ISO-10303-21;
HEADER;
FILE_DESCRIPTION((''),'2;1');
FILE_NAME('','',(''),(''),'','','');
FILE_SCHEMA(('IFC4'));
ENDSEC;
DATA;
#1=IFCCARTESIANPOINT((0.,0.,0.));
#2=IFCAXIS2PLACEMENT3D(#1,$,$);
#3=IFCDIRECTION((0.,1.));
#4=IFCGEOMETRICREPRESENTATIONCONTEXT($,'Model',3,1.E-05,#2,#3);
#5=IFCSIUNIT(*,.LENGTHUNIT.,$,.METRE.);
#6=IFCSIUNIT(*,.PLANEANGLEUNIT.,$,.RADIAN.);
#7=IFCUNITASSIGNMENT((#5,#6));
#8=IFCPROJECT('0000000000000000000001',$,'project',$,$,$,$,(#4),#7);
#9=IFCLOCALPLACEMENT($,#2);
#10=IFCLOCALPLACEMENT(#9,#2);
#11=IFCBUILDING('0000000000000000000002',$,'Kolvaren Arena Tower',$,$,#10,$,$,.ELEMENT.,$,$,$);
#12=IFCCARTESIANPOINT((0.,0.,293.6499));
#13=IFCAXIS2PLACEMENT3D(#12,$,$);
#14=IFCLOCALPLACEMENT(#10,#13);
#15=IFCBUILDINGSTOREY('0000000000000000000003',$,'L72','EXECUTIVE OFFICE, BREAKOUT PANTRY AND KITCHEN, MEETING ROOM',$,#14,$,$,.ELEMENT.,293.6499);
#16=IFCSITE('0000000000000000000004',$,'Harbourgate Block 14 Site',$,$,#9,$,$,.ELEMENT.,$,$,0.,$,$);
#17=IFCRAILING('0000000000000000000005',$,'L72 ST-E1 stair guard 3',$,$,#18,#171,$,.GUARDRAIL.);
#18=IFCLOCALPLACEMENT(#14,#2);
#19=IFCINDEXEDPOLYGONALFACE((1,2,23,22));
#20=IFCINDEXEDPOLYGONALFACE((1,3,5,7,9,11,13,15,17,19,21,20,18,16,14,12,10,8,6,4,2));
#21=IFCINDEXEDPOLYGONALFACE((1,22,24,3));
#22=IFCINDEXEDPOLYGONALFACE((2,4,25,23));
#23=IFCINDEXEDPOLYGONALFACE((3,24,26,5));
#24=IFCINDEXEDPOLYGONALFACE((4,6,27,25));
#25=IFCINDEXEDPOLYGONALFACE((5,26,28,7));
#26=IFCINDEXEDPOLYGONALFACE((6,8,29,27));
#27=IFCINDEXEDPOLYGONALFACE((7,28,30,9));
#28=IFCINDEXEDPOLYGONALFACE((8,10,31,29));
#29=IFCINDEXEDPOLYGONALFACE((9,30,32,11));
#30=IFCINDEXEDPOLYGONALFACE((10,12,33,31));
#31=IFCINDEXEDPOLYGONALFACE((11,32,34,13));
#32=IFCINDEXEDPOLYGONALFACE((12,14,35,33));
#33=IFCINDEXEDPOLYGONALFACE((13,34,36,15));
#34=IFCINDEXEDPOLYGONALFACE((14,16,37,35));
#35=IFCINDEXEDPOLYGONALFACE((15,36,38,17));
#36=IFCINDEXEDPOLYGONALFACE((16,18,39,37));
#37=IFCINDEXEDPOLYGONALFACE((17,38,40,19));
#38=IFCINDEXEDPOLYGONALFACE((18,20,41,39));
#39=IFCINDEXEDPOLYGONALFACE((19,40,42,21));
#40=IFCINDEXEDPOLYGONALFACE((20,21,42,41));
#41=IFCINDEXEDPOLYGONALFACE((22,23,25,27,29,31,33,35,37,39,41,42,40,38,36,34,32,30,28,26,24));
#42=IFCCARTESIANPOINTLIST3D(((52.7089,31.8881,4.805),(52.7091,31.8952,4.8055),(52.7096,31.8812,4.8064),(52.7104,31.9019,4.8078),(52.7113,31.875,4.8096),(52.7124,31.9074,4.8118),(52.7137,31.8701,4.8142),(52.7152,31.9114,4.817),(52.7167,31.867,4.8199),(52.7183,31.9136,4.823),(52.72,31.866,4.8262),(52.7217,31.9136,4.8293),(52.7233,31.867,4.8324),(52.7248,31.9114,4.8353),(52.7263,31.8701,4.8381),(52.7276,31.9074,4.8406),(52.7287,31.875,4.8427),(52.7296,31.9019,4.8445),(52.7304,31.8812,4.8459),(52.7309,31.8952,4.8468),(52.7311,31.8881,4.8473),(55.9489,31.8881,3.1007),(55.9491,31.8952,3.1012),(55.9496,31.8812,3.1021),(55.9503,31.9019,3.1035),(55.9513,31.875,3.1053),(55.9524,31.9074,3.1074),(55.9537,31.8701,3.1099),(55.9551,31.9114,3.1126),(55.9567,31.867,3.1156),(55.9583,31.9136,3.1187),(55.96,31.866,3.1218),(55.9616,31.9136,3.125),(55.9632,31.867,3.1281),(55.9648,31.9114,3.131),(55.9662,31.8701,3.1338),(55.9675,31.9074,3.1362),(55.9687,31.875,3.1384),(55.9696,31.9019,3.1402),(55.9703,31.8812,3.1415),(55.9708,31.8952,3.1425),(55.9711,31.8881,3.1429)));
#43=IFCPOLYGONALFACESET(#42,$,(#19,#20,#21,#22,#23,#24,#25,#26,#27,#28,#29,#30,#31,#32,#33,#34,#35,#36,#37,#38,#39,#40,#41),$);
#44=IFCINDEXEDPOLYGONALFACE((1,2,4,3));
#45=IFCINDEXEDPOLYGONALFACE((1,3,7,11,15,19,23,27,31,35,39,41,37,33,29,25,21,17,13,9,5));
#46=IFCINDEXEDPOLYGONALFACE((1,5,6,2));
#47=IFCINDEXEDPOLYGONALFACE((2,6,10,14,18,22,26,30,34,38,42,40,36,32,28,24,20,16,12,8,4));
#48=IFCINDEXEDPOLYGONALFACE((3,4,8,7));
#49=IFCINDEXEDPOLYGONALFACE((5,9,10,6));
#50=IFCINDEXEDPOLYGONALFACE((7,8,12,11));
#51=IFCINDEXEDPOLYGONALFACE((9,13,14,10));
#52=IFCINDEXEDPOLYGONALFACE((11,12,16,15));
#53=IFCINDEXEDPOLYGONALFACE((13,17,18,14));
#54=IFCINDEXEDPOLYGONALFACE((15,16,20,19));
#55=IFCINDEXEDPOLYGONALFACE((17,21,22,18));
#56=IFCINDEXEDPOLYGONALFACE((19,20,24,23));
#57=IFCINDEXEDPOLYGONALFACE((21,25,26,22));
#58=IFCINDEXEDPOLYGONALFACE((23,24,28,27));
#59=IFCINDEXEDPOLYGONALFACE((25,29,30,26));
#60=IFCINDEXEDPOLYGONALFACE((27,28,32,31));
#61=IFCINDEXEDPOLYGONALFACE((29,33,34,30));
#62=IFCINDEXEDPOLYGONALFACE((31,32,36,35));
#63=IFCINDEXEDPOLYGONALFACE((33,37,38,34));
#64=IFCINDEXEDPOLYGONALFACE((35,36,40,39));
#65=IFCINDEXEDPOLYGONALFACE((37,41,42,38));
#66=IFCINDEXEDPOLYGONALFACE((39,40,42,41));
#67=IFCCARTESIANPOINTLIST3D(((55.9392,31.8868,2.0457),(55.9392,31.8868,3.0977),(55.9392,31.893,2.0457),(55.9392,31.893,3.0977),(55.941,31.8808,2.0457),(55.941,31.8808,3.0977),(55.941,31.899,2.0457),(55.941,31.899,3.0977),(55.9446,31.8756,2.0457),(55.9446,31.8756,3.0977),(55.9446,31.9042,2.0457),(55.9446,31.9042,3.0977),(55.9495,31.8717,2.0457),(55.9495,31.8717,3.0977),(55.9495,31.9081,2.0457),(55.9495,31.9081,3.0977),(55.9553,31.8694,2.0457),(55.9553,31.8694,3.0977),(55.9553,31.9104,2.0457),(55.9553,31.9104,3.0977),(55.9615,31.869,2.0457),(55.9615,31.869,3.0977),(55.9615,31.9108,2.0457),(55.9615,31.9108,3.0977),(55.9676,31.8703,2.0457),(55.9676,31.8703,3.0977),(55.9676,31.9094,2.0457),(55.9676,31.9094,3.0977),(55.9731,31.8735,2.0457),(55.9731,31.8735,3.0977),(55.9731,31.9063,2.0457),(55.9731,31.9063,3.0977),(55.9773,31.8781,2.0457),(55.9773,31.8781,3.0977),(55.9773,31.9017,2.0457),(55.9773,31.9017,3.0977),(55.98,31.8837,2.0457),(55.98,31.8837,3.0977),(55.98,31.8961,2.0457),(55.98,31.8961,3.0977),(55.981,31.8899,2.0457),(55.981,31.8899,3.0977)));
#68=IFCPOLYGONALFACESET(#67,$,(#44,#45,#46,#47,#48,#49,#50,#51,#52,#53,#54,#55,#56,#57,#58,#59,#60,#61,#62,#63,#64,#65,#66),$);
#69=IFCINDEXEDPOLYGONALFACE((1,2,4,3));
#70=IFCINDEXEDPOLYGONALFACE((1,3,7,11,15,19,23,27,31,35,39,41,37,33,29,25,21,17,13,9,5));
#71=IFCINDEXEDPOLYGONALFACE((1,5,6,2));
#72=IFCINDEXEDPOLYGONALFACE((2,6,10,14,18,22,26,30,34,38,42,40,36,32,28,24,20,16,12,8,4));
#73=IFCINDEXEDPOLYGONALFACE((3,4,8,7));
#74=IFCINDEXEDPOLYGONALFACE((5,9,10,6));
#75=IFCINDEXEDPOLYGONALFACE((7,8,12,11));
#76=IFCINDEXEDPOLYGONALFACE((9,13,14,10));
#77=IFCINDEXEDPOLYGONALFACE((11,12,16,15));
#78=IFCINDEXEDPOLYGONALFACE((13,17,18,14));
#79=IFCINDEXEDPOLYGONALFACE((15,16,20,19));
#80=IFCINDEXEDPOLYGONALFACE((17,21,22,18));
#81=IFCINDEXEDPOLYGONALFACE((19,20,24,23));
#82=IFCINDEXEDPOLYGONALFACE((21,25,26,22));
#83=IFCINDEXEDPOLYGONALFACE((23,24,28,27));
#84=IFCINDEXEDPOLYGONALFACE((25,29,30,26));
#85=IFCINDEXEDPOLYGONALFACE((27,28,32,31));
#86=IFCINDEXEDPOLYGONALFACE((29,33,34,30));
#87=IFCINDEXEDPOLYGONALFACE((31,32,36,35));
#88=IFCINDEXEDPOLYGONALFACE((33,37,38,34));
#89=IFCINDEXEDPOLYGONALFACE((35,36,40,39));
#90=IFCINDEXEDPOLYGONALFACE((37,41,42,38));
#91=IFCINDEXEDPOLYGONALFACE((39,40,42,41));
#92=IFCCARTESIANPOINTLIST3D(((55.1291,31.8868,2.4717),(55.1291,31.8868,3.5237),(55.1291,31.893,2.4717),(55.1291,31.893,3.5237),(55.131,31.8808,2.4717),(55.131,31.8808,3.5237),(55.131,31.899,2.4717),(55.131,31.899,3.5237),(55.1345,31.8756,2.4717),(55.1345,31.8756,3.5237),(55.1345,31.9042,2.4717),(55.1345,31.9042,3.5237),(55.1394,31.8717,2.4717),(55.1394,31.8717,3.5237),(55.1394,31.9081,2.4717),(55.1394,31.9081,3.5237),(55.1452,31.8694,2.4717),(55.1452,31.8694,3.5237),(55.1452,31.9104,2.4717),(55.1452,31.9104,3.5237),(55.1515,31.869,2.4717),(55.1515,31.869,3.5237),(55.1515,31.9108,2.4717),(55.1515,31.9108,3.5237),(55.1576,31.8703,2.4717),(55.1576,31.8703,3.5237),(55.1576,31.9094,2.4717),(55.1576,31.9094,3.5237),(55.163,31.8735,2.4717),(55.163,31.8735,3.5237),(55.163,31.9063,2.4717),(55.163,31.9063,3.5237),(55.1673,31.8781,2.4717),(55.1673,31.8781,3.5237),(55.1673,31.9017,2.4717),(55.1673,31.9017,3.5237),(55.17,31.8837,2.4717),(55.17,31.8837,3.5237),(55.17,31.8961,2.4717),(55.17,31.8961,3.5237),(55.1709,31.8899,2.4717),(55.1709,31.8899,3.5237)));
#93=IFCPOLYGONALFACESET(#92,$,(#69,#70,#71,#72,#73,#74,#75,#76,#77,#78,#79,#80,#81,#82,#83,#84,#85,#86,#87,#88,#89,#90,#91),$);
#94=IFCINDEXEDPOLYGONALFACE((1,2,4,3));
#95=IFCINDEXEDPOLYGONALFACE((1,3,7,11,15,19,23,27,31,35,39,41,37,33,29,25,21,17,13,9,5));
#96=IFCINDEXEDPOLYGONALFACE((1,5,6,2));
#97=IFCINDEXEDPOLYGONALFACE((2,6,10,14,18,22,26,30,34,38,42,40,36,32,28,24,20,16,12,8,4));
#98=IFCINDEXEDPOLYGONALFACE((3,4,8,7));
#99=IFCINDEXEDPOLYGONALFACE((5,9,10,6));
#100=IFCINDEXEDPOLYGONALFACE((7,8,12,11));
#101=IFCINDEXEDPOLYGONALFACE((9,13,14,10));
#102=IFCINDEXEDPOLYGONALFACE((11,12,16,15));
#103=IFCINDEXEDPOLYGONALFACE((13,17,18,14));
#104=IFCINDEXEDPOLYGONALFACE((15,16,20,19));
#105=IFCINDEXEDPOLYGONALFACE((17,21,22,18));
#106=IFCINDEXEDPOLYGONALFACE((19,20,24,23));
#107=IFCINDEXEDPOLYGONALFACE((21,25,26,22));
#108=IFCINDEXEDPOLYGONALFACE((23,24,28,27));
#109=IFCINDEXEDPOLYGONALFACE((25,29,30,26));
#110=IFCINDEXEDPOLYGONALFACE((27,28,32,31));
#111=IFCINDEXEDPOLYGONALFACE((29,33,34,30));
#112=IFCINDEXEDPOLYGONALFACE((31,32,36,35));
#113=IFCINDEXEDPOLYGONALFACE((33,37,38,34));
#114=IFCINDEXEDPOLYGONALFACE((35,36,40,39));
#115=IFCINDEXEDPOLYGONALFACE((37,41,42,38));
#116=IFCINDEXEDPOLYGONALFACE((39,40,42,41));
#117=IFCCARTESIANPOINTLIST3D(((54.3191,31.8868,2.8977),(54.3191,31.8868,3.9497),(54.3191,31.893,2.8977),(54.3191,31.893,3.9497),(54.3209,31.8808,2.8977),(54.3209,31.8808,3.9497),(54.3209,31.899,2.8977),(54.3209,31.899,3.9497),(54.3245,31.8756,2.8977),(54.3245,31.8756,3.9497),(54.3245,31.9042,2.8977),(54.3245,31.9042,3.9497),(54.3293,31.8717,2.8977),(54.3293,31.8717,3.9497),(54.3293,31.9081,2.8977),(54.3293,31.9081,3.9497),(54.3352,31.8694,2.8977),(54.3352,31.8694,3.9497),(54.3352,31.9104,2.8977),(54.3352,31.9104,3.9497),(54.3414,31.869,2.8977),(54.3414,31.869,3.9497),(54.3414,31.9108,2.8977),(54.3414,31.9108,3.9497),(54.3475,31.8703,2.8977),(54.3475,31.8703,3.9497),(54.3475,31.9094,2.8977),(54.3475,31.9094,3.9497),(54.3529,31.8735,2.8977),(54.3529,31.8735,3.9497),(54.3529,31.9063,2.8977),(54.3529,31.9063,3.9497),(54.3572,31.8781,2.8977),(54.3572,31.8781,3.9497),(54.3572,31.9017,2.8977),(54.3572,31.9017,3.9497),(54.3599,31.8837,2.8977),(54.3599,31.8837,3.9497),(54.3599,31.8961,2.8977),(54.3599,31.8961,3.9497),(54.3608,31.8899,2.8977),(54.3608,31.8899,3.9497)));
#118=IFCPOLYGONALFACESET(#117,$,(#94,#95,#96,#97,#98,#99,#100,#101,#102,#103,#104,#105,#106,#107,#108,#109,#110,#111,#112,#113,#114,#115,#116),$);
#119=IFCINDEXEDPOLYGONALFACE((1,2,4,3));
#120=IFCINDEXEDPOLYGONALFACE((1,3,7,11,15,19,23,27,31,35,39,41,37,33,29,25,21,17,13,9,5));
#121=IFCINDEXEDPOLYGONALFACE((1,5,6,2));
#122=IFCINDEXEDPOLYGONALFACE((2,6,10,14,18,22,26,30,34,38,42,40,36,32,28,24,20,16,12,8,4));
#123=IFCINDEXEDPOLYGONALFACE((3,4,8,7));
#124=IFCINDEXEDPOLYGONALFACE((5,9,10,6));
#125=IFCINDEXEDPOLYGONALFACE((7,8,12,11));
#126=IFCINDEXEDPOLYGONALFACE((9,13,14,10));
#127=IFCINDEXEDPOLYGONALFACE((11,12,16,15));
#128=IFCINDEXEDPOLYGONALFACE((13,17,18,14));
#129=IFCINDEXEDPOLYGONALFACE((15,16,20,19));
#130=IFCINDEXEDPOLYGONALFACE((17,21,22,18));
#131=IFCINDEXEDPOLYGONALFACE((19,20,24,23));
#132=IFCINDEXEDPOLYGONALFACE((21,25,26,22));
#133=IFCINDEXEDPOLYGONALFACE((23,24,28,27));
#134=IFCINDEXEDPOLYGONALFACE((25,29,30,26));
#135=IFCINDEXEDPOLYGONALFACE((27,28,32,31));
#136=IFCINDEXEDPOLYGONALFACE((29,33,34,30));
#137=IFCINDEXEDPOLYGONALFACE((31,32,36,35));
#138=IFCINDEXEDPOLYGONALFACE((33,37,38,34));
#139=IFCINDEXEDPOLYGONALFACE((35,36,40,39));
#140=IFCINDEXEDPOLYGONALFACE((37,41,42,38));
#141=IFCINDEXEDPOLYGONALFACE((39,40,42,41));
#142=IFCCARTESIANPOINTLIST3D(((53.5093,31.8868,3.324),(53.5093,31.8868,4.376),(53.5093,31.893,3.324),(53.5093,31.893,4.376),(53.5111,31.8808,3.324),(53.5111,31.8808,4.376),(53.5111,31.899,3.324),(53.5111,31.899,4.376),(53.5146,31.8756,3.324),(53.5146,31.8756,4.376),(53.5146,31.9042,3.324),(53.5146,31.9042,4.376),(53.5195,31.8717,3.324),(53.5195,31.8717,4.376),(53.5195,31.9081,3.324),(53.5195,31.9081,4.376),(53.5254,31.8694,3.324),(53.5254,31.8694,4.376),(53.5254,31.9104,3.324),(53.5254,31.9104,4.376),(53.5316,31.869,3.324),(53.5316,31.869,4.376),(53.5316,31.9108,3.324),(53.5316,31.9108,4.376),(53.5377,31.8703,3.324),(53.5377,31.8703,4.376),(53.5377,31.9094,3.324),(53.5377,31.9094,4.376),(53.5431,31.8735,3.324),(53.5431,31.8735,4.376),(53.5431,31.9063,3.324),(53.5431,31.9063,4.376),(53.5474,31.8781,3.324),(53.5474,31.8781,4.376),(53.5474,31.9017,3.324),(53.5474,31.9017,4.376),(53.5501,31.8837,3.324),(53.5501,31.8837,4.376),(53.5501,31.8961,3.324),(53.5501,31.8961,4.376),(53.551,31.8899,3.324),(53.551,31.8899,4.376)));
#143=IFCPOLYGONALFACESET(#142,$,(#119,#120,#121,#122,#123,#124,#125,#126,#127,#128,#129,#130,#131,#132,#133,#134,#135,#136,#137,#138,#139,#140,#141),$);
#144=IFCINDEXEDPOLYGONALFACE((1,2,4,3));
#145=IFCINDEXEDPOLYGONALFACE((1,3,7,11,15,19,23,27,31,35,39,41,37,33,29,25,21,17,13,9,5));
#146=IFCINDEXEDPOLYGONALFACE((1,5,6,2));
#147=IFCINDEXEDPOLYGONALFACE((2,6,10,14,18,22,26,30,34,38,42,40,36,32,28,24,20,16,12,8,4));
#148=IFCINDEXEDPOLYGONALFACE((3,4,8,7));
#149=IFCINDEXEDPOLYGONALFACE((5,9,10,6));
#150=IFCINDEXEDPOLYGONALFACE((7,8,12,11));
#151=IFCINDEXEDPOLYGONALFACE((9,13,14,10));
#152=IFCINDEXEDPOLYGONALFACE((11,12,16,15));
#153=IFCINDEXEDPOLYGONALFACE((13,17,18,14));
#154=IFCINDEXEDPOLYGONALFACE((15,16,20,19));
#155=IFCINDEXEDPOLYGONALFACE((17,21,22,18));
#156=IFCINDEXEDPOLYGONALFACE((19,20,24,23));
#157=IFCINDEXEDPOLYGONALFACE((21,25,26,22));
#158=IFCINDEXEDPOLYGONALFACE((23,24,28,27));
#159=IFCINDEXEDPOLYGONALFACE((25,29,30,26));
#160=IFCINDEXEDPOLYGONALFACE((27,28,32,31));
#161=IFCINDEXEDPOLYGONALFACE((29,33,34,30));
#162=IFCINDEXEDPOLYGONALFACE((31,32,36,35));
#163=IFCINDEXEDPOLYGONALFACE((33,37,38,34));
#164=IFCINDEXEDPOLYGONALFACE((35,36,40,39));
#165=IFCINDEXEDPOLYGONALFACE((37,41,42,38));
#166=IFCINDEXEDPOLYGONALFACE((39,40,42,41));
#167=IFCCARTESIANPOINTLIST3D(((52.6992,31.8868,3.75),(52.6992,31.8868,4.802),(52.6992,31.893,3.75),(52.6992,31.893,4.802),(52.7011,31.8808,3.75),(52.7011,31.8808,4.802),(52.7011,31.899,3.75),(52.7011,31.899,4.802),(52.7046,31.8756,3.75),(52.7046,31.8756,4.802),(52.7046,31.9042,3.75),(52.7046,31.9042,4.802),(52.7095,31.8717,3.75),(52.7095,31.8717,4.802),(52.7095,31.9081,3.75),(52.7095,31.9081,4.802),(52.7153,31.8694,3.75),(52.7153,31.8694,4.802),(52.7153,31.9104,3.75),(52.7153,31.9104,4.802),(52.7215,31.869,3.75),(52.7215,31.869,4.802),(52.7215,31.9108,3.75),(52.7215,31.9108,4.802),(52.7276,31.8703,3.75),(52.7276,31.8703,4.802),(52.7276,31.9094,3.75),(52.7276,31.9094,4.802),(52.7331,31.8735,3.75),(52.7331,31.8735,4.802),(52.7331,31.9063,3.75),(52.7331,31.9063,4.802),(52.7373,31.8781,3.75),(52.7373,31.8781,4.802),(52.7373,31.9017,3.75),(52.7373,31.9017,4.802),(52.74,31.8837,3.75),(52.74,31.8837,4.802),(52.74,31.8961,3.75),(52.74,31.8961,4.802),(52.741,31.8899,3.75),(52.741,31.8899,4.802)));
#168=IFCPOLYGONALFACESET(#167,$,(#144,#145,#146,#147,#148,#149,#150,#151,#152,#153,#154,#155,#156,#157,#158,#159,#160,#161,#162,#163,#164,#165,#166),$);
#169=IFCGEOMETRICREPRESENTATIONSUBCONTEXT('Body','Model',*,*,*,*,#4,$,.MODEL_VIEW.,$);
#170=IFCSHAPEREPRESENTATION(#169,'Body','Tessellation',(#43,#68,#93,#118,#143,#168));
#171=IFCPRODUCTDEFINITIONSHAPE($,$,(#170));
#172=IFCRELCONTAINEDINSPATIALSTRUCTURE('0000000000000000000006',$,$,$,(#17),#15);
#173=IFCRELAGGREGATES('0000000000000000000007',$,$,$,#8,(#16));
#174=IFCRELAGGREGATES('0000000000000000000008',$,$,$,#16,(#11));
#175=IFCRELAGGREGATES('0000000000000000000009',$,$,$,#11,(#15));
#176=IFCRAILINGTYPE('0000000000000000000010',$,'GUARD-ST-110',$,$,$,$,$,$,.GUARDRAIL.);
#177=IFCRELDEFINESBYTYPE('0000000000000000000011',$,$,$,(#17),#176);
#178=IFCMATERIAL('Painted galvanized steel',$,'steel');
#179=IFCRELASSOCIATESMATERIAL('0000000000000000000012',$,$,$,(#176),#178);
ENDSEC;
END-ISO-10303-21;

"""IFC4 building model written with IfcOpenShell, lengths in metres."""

from ifc_helpers import new_model, si_unit, direction, frame, origin, origin_2d, place, context, subcontext, project, spatial, circle, extrude, material, type_object, element, save


model = new_model("IFC4")

# Units and contexts
model_context = context("Model", 3, precision=1e-05, world=origin(), true_north=direction((0.0, 1.0)))
body_context = subcontext(model_context, "Body", "Model", "MODEL_VIEW")
ifc_project = project(units=[si_unit("LENGTHUNIT", "METRE"), si_unit("PLANEANGLEUNIT", "RADIAN")], contexts=[model_context])

# Site, building, storey
site_placement = place(None, origin())
site = spatial("IfcSite", under=ifc_project, at=site_placement, Name="Harbourgate Block 14 Site", CompositionType="ELEMENT", RefElevation=0.0)
building_placement = place(site_placement, origin())
building = spatial("IfcBuilding", under=site, at=building_placement, Name="Kolvaren Arena Tower", CompositionType="ELEMENT")
storey_placement = place(building_placement, frame((0.0, 0.0, 293.6499)))
storey = spatial("IfcBuildingStorey", under=building, at=storey_placement, Name="L72", Description="EXECUTIVE OFFICE, BREAKOUT PANTRY AND KITCHEN, MEETING ROOM", CompositionType="ELEMENT", Elevation=293.6499)

# Railing
ifc_material_1 = material(Name="Painted galvanized steel", Category="steel")
railing_type_1 = type_object("IfcRailingType", Name="GUARD-ST-110", PredefinedType="GUARDRAIL", material=ifc_material_1)
railing_1_placement = place(storey_placement, frame((55.96, 31.8899, 2.0457)))
element("IfcRailing", 1, at=railing_1_placement, inside=storey, type_object=railing_type_1, Name="L72 ST-E1 stair guard 3", PredefinedType="GUARDRAIL", context=body_context, shape_type="SweptSolid", body=[
    extrude(circle(Radius=0.0239, at=origin_2d()), frame((0.0, 0.0, 1.0762), z_axis=(-0.885021, 0.0, 0.465551), x_axis=(0.0, -1.0, 0.0)), (0.0, 0.0, 1.0), 3.6609),
    extrude(circle(Radius=0.021, at=origin_2d()), origin(), (0.0, 0.0, 1.0), 1.052),
    extrude(circle(Radius=0.021, at=origin_2d()), frame((-0.8101, 0.0, 0.426)), (0.0, 0.0, 1.0), 1.052),
    extrude(circle(Radius=0.021, at=origin_2d()), frame((-1.6201, 0.0, 0.8521)), (0.0, 0.0, 1.0), 1.052),
    extrude(circle(Radius=0.021, at=origin_2d()), frame((-2.4299, 0.0, 1.2783)), (0.0, 0.0, 1.0), 1.052),
    extrude(circle(Radius=0.021, at=origin_2d()), frame((-3.24, 0.0, 1.7043)), (0.0, 0.0, 1.0), 1.052),
])

save(model, "model.ifc")
